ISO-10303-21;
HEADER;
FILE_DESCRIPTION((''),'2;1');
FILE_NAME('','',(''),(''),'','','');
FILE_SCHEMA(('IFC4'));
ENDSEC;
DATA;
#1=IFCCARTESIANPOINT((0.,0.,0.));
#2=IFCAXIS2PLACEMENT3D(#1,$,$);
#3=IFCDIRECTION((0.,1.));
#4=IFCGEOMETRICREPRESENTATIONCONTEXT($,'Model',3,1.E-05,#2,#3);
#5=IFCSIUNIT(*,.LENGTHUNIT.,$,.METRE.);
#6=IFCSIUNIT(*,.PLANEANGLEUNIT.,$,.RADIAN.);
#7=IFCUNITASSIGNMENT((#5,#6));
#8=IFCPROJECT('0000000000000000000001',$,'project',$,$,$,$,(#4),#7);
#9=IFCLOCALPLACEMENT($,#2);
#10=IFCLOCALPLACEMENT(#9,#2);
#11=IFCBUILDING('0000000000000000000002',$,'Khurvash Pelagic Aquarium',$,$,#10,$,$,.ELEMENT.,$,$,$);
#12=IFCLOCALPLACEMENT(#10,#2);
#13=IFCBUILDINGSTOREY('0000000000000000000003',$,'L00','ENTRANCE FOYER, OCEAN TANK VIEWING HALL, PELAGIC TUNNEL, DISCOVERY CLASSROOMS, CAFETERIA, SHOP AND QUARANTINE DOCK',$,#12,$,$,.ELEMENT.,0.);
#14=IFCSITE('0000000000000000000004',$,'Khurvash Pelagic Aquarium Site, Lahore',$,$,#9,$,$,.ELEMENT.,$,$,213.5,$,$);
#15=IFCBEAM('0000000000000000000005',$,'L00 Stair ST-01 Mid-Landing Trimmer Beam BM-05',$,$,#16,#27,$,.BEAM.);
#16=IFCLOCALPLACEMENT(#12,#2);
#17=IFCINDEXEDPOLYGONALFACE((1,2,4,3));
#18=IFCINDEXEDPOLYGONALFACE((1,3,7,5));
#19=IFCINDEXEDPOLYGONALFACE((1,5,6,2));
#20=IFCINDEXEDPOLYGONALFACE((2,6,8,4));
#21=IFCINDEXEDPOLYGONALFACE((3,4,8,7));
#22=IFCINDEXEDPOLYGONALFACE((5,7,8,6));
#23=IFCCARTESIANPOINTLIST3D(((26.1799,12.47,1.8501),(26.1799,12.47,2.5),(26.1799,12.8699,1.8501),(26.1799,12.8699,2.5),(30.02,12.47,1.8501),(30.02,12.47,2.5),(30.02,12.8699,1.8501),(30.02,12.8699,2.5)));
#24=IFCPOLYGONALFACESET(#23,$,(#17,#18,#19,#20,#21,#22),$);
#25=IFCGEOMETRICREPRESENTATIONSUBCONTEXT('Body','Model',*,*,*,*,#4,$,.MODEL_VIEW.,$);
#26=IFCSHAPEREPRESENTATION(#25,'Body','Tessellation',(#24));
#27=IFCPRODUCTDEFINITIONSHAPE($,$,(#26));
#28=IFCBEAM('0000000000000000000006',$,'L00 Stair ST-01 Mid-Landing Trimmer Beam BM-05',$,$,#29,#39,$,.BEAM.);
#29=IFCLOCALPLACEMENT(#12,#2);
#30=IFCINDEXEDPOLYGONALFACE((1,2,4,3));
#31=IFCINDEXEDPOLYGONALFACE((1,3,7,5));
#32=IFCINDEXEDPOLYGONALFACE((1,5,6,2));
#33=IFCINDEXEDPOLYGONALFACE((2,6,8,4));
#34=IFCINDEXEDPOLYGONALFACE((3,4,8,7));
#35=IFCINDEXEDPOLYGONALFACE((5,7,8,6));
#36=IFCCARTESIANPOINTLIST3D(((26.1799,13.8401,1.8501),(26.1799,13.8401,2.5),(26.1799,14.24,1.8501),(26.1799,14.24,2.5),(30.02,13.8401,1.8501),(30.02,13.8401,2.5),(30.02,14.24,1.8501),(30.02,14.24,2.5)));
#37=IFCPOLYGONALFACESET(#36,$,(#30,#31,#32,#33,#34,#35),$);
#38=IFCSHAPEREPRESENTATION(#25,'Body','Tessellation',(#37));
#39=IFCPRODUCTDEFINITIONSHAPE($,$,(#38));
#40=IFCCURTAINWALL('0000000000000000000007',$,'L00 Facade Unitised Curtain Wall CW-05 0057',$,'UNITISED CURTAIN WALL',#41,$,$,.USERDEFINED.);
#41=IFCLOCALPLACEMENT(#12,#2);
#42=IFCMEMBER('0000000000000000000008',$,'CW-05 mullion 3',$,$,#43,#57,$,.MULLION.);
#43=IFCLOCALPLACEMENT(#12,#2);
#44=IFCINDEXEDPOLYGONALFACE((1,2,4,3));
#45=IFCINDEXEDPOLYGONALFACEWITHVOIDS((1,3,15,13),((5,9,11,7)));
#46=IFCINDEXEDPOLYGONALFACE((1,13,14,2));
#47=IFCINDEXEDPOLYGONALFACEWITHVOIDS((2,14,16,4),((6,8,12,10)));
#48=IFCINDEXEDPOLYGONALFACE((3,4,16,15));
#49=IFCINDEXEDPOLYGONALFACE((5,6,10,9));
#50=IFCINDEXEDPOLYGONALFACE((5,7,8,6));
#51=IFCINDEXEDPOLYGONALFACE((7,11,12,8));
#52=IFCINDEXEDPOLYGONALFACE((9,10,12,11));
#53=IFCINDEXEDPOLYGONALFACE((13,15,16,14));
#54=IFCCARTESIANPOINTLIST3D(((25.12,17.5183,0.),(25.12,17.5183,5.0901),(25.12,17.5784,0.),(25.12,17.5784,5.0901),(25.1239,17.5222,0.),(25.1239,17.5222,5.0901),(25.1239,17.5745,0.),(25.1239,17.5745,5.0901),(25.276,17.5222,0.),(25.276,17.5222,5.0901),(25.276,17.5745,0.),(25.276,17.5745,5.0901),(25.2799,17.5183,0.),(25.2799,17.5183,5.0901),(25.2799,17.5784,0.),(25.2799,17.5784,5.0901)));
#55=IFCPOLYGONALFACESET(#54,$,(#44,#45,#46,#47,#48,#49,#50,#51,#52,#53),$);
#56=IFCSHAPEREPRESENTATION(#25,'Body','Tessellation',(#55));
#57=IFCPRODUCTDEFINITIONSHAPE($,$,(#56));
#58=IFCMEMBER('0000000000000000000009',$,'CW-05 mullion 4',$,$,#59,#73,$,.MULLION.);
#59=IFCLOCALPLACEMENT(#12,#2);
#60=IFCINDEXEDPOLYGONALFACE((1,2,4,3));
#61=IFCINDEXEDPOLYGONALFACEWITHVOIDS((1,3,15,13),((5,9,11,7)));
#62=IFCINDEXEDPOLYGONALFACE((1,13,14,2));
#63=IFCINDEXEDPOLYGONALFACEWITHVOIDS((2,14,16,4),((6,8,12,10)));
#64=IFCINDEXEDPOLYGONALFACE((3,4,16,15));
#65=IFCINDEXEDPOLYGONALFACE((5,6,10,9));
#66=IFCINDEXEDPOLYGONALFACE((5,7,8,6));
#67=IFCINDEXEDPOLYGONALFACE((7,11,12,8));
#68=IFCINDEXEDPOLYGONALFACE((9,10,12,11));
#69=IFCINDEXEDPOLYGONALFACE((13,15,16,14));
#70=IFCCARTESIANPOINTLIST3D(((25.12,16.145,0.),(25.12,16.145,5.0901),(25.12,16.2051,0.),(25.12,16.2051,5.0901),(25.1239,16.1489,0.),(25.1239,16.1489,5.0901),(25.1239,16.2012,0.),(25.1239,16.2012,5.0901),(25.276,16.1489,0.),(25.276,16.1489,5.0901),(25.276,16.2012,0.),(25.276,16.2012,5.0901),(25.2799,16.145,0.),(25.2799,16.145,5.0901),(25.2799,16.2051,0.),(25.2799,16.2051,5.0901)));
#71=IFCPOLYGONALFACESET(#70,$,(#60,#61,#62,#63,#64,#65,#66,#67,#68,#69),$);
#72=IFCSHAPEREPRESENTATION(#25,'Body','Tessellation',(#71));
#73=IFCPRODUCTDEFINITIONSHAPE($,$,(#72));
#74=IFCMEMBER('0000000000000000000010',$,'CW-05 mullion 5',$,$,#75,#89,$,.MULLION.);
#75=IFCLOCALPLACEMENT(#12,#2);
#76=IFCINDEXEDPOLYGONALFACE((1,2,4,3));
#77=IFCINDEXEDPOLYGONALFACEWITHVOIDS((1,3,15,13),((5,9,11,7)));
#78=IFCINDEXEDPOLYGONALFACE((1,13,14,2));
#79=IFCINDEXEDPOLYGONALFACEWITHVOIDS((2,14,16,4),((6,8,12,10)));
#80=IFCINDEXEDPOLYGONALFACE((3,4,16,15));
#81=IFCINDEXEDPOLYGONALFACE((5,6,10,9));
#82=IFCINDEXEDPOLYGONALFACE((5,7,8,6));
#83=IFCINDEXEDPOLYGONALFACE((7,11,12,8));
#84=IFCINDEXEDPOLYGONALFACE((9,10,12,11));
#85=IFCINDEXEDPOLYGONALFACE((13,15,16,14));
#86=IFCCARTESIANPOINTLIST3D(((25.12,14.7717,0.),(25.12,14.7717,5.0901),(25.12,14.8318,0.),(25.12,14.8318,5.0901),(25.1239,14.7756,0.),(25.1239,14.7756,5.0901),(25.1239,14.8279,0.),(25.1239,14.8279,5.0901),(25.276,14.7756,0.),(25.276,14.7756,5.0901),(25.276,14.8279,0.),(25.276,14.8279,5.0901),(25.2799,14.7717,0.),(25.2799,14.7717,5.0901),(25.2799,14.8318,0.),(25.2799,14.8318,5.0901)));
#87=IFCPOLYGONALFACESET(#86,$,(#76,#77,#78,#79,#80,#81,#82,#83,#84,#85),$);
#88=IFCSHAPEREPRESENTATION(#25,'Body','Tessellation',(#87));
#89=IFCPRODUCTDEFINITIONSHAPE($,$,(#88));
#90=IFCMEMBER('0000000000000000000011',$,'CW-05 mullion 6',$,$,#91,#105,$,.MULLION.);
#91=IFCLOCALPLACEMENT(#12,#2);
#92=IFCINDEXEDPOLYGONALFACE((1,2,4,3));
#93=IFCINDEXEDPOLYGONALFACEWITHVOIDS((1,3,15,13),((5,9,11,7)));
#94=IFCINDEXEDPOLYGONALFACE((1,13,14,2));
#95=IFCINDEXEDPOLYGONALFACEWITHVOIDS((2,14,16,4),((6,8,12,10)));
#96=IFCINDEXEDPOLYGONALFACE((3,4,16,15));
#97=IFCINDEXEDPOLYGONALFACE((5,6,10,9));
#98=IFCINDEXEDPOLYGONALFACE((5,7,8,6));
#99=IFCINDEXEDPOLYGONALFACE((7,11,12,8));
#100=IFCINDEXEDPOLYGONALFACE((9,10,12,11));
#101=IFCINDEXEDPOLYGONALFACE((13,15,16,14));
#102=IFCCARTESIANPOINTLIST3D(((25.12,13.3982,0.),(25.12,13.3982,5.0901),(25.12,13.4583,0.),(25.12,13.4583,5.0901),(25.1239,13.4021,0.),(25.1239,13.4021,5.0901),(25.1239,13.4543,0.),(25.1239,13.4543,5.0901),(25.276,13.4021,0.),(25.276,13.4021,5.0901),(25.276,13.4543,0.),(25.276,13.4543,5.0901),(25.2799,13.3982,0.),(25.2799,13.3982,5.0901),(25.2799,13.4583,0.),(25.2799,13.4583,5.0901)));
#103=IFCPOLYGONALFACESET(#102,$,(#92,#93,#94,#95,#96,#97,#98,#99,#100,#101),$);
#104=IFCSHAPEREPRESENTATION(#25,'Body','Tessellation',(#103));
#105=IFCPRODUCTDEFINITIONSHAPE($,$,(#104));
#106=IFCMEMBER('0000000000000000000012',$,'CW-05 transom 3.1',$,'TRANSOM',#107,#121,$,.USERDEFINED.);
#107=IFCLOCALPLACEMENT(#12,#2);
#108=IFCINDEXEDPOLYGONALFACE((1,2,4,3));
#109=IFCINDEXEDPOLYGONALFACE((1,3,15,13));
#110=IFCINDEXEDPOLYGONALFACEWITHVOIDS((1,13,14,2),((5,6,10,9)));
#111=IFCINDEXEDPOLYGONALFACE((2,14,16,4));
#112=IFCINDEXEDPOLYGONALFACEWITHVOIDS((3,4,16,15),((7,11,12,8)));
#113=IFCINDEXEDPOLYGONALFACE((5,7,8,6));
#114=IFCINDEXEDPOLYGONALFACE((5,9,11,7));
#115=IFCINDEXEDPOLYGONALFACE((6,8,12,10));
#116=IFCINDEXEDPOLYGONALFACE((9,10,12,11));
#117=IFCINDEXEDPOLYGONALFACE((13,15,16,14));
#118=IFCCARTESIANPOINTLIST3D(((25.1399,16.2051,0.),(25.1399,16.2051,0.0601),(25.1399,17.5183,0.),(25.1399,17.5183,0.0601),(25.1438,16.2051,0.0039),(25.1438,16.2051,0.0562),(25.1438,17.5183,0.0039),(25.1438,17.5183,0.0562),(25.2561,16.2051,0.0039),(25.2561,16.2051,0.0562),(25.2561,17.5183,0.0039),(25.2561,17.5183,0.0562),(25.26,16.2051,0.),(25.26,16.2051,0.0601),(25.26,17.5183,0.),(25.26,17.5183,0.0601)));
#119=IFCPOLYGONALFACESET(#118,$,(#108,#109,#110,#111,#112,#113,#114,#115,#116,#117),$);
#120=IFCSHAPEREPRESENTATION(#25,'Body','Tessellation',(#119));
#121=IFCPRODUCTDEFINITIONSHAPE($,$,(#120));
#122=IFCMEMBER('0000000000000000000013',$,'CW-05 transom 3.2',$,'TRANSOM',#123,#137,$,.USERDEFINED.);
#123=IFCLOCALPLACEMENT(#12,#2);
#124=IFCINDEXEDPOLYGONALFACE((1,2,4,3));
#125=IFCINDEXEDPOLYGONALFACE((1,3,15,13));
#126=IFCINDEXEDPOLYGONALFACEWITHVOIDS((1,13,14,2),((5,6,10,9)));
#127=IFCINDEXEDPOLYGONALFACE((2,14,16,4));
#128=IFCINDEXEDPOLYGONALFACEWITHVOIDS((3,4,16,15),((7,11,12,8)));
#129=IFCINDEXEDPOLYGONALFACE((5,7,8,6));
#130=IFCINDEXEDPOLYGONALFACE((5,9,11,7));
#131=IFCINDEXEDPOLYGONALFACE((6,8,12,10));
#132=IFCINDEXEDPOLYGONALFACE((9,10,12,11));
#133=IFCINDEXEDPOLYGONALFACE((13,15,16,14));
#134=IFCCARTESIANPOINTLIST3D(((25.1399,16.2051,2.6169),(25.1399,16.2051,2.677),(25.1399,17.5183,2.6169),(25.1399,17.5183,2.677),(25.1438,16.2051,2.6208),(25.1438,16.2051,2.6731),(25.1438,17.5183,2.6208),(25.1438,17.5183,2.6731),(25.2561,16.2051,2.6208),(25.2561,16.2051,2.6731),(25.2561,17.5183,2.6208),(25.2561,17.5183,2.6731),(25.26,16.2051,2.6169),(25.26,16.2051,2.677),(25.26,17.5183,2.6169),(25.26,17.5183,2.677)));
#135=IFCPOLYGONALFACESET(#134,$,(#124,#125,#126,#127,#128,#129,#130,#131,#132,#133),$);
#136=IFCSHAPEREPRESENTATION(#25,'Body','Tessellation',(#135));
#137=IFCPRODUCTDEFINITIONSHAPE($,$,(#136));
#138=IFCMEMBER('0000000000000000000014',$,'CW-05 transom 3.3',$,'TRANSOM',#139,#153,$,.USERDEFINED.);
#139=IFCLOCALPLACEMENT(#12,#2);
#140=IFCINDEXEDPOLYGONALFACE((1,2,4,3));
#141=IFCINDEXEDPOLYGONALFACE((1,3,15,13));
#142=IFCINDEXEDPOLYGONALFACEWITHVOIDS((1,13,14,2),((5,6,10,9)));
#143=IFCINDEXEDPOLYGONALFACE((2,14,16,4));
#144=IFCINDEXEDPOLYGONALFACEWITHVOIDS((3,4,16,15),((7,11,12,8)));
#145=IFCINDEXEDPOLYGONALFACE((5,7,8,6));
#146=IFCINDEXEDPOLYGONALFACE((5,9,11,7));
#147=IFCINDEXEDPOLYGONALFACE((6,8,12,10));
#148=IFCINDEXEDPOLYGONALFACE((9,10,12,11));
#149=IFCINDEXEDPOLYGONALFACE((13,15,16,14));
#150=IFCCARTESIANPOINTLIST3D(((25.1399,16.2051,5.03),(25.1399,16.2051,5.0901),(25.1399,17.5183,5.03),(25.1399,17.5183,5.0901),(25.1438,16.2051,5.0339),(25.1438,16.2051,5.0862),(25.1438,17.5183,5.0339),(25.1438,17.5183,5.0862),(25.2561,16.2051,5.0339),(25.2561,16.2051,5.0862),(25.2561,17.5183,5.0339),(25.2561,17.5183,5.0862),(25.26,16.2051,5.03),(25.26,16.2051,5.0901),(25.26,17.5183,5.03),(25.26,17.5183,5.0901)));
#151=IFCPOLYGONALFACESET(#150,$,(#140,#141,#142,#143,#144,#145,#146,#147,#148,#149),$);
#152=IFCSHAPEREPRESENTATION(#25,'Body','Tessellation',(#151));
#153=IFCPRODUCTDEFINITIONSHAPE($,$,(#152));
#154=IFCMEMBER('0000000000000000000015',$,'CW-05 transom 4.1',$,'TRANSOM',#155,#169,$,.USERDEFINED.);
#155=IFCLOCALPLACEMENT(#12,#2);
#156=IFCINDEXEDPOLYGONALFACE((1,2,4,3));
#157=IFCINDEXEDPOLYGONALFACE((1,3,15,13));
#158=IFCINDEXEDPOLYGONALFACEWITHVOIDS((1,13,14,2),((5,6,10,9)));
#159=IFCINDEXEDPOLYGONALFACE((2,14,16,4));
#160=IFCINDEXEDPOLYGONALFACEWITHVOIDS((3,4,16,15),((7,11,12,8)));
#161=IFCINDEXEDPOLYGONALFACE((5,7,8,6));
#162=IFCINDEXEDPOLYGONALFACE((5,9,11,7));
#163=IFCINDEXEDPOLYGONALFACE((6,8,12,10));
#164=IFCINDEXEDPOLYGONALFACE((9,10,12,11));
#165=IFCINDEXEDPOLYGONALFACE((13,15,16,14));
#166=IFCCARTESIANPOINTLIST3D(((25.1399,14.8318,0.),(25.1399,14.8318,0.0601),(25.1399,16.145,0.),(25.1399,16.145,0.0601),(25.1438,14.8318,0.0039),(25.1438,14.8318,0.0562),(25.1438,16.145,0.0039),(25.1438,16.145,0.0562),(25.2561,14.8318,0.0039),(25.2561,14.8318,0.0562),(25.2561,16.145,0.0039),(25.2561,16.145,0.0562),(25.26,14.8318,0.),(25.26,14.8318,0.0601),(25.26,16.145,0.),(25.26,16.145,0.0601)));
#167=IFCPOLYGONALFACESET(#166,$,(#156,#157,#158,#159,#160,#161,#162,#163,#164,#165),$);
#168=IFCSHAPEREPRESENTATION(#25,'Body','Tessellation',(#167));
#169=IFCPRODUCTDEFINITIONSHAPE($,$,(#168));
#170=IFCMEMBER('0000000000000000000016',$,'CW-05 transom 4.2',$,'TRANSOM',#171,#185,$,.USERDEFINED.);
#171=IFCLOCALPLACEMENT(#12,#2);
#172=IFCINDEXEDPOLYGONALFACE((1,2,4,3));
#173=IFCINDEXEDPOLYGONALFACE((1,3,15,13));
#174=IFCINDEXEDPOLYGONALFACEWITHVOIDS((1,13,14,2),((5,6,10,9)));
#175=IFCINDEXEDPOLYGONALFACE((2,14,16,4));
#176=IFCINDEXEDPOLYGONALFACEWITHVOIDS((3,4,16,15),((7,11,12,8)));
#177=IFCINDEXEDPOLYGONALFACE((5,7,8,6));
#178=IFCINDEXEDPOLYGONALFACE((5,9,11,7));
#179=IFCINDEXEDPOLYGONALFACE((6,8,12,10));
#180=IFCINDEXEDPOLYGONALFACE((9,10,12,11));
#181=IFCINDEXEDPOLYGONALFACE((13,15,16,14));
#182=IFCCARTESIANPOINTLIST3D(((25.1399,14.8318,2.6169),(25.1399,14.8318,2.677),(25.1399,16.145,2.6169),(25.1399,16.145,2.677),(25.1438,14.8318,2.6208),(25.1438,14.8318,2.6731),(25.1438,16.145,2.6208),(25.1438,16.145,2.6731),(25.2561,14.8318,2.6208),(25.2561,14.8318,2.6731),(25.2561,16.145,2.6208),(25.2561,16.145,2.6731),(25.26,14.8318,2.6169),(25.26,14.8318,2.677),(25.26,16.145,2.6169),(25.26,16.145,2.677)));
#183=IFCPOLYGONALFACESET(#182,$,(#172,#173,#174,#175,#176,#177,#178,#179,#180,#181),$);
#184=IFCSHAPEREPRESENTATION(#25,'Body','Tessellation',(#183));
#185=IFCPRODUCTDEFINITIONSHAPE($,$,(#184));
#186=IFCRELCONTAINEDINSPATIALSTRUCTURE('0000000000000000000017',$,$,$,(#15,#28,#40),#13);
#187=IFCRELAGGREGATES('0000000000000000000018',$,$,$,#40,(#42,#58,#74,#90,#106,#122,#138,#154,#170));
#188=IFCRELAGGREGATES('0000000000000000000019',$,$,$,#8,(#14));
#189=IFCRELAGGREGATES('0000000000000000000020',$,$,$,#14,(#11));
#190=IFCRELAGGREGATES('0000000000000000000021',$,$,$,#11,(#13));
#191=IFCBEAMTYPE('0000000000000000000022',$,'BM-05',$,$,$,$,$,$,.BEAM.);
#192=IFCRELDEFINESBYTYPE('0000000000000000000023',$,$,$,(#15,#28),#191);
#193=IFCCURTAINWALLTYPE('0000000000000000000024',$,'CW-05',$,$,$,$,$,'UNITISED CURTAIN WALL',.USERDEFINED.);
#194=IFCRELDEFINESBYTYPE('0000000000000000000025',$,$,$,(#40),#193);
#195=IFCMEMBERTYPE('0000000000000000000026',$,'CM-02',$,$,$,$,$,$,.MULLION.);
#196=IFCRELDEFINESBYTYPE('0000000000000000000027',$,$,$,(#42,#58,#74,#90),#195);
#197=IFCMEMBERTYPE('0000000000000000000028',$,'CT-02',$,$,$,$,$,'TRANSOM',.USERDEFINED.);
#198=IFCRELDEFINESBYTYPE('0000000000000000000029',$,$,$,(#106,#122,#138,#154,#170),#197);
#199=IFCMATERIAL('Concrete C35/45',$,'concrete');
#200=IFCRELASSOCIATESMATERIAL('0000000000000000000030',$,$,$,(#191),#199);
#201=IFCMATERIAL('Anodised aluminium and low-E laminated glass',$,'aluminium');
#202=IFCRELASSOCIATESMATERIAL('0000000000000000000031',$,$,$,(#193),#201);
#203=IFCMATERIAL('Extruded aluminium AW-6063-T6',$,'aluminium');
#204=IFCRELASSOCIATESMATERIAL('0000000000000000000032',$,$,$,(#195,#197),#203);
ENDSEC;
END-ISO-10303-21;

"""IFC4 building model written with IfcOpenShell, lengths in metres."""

from ifc_helpers import new_model, si_unit, direction, frame, origin, origin_2d, place, context, subcontext, project, spatial, rectangle, hollow_rectangle, extrude, material, material_profile, profile_set, type_object, element, aggregate, save


model = new_model("IFC4")

# Units and contexts
model_context = context("Model", 3, precision=1e-05, world=origin(), true_north=direction((0.0, 1.0)))
body_context = subcontext(model_context, "Body", "Model", "MODEL_VIEW")
ifc_project = project(units=[si_unit("LENGTHUNIT", "METRE"), si_unit("PLANEANGLEUNIT", "RADIAN")], contexts=[model_context])

# Site, building, storey
site_placement = place(None, origin())
site = spatial("IfcSite", under=ifc_project, at=site_placement, Name="Khurvash Pelagic Aquarium Site, Lahore", CompositionType="ELEMENT", RefElevation=213.5)
building_placement = place(site_placement, origin())
building = spatial("IfcBuilding", under=site, at=building_placement, Name="Khurvash Pelagic Aquarium", CompositionType="ELEMENT")
storey_placement = place(building_placement, origin())
storey = spatial("IfcBuildingStorey", under=building, at=storey_placement, Name="L00", Description="ENTRANCE FOYER, OCEAN TANK VIEWING HALL, PELAGIC TUNNEL, DISCOVERY CLASSROOMS, CAFETERIA, SHOP AND QUARANTINE DOCK", CompositionType="ELEMENT", Elevation=0.0)

# Beams
ifc_material_1 = material(Name="Concrete C35/45", Category="concrete")
ifc_material_profile_1 = material_profile(ifc_material_1, rectangle(XDim=0.3999, YDim=0.6499, at=origin_2d()), Name="RC400X650")
ifc_profile_set_1 = profile_set([ifc_material_profile_1], Name="Concrete C35/45")
beam_type = type_object("IfcBeamType", Name="BM-05", PredefinedType="BEAM", material=ifc_profile_set_1)
for number, where, z_axis, x_axis, name in (
    (1, (26.1799, 12.6699, 2.175), (1.0, 0.0, 0.0), (0.0, 1.0, 0.0), "L00 Stair ST-01 Mid-Landing Trimmer Beam BM-05"),
    (2, (26.1799, 14.04, 2.175), (1.0, 0.0, 0.0), (0.0, 1.0, 0.0), "L00 Stair ST-01 Mid-Landing Trimmer Beam BM-05"),
):
    element("IfcBeam", number, at=place(storey_placement, frame(where, z_axis=z_axis, x_axis=x_axis)), inside=storey, type_object=beam_type, Name=name, PredefinedType="BEAM", context=body_context, shape_type="SweptSolid", body=[
        extrude(rectangle(XDim=0.3999, YDim=0.6499, at=origin_2d()), origin(), (0.0, 0.0, 1.0), 3.8401),
    ])

# Curtain wall, members
ifc_material_2 = material(Name="Anodised aluminium and low-E laminated glass", Category="aluminium")
curtain_wall_type = type_object("IfcCurtainWallType", Name="CW-05", ElementType="UNITISED CURTAIN WALL", PredefinedType="USERDEFINED", material=ifc_material_2)
curtain_wall_placement = place(storey_placement, origin())
curtain_wall = element("IfcCurtainWall", 3, at=curtain_wall_placement, inside=storey, type_object=curtain_wall_type, Name="L00 Facade Unitised Curtain Wall CW-05 0057", ObjectType="UNITISED CURTAIN WALL", PredefinedType="USERDEFINED")
ifc_material_3 = material(Name="Extruded aluminium AW-6063-T6", Category="aluminium")
ifc_material_profile_2 = material_profile(ifc_material_3, hollow_rectangle(XDim=0.0601, YDim=0.1599, WallThickness=0.0039, at=origin_2d()), Name="CWM60X160X4")
ifc_profile_set_2 = profile_set([ifc_material_profile_2], Name="Extruded aluminium AW-6063-T6")
member_type_1 = type_object("IfcMemberType", Name="CM-02", PredefinedType="MULLION", material=ifc_profile_set_2)
member_1_placement = place(storey_placement, frame((25.2, 17.5483, 0.0), z_axis=(0.0, 0.0, 1.0), x_axis=(0.0, -1.0, 0.0)))
member_1 = element("IfcMember", 4, at=member_1_placement, type_object=member_type_1, Name="CW-05 mullion 3", PredefinedType="MULLION", context=body_context, shape_type="SweptSolid", body=[
    extrude(hollow_rectangle(XDim=0.0601, YDim=0.1599, WallThickness=0.0039, at=origin_2d()), origin(), (0.0, 0.0, 1.0), 5.0901),
])
member_2_placement = place(storey_placement, frame((25.2, 16.175, 0.0), z_axis=(0.0, 0.0, 1.0), x_axis=(0.0, -1.0, 0.0)))
member_2 = element("IfcMember", 5, at=member_2_placement, type_object=member_type_1, Name="CW-05 mullion 4", PredefinedType="MULLION", context=body_context, shape_type="SweptSolid", body=[
    extrude(hollow_rectangle(XDim=0.0601, YDim=0.1599, WallThickness=0.0039, at=origin_2d()), origin(), (0.0, 0.0, 1.0), 5.0901),
])
member_3_placement = place(storey_placement, frame((25.2, 14.8018, 0.0), z_axis=(0.0, 0.0, 1.0), x_axis=(0.0, -1.0, 0.0)))
member_3 = element("IfcMember", 6, at=member_3_placement, type_object=member_type_1, Name="CW-05 mullion 5", PredefinedType="MULLION", context=body_context, shape_type="SweptSolid", body=[
    extrude(hollow_rectangle(XDim=0.0601, YDim=0.1599, WallThickness=0.0039, at=origin_2d()), origin(), (0.0, 0.0, 1.0), 5.0901),
])
member_4_placement = place(storey_placement, frame((25.2, 13.4282, 0.0), z_axis=(0.0, 0.0, 1.0), x_axis=(0.0, -1.0, 0.0)))
member_4 = element("IfcMember", 7, at=member_4_placement, type_object=member_type_1, Name="CW-05 mullion 6", PredefinedType="MULLION", context=body_context, shape_type="SweptSolid", body=[
    extrude(hollow_rectangle(XDim=0.0601, YDim=0.1599, WallThickness=0.0039, at=origin_2d()), origin(), (0.0, 0.0, 1.0), 5.0901),
])
ifc_material_profile_3 = material_profile(ifc_material_3, hollow_rectangle(XDim=0.1201, YDim=0.0601, WallThickness=0.0039, at=origin_2d()), Name="CWT120X60X4")
ifc_profile_set_3 = profile_set([ifc_material_profile_3], Name="Extruded aluminium AW-6063-T6")
member_type_2 = type_object("IfcMemberType", Name="CT-02", ElementType="TRANSOM", PredefinedType="USERDEFINED", material=ifc_profile_set_3)
member_5_placement = place(storey_placement, frame((25.2, 17.5183, 0.03), z_axis=(0.0, -1.0, 0.0), x_axis=(1.0, 0.0, 0.0)))
member_5 = element("IfcMember", 8, at=member_5_placement, type_object=member_type_2, Name="CW-05 transom 3.1", ObjectType="TRANSOM", PredefinedType="USERDEFINED", context=body_context, shape_type="SweptSolid", body=[
    extrude(hollow_rectangle(XDim=0.1201, YDim=0.0601, WallThickness=0.0039, at=origin_2d()), origin(), (0.0, 0.0, 1.0), 1.3132),
])
member_6_placement = place(storey_placement, frame((25.2, 17.5183, 2.647), z_axis=(0.0, -1.0, 0.0), x_axis=(1.0, 0.0, 0.0)))
member_6 = element("IfcMember", 9, at=member_6_placement, type_object=member_type_2, Name="CW-05 transom 3.2", ObjectType="TRANSOM", PredefinedType="USERDEFINED", context=body_context, shape_type="SweptSolid", body=[
    extrude(hollow_rectangle(XDim=0.1201, YDim=0.0601, WallThickness=0.0039, at=origin_2d()), origin(), (0.0, 0.0, 1.0), 1.3132),
])
member_7_placement = place(storey_placement, frame((25.2, 17.5183, 5.0601), z_axis=(0.0, -1.0, 0.0), x_axis=(1.0, 0.0, 0.0)))
member_7 = element("IfcMember", 10, at=member_7_placement, type_object=member_type_2, Name="CW-05 transom 3.3", ObjectType="TRANSOM", PredefinedType="USERDEFINED", context=body_context, shape_type="SweptSolid", body=[
    extrude(hollow_rectangle(XDim=0.1201, YDim=0.0601, WallThickness=0.0039, at=origin_2d()), origin(), (0.0, 0.0, 1.0), 1.3132),
])
member_8_placement = place(storey_placement, frame((25.2, 16.145, 0.03), z_axis=(0.0, -1.0, 0.0), x_axis=(1.0, 0.0, 0.0)))
member_8 = element("IfcMember", 11, at=member_8_placement, type_object=member_type_2, Name="CW-05 transom 4.1", ObjectType="TRANSOM", PredefinedType="USERDEFINED", context=body_context, shape_type="SweptSolid", body=[
    extrude(hollow_rectangle(XDim=0.1201, YDim=0.0601, WallThickness=0.0039, at=origin_2d()), origin(), (0.0, 0.0, 1.0), 1.3132),
])
member_9_placement = place(storey_placement, frame((25.2, 16.145, 2.647), z_axis=(0.0, -1.0, 0.0), x_axis=(1.0, 0.0, 0.0)))
member_9 = element("IfcMember", 12, at=member_9_placement, type_object=member_type_2, Name="CW-05 transom 4.2", ObjectType="TRANSOM", PredefinedType="USERDEFINED", context=body_context, shape_type="SweptSolid", body=[
    extrude(hollow_rectangle(XDim=0.1201, YDim=0.0601, WallThickness=0.0039, at=origin_2d()), origin(), (0.0, 0.0, 1.0), 1.3132),
])
aggregate(curtain_wall, [member_1, member_2, member_3, member_4, member_5, member_6, member_7, member_8, member_9])

save(model, "model.ifc")
